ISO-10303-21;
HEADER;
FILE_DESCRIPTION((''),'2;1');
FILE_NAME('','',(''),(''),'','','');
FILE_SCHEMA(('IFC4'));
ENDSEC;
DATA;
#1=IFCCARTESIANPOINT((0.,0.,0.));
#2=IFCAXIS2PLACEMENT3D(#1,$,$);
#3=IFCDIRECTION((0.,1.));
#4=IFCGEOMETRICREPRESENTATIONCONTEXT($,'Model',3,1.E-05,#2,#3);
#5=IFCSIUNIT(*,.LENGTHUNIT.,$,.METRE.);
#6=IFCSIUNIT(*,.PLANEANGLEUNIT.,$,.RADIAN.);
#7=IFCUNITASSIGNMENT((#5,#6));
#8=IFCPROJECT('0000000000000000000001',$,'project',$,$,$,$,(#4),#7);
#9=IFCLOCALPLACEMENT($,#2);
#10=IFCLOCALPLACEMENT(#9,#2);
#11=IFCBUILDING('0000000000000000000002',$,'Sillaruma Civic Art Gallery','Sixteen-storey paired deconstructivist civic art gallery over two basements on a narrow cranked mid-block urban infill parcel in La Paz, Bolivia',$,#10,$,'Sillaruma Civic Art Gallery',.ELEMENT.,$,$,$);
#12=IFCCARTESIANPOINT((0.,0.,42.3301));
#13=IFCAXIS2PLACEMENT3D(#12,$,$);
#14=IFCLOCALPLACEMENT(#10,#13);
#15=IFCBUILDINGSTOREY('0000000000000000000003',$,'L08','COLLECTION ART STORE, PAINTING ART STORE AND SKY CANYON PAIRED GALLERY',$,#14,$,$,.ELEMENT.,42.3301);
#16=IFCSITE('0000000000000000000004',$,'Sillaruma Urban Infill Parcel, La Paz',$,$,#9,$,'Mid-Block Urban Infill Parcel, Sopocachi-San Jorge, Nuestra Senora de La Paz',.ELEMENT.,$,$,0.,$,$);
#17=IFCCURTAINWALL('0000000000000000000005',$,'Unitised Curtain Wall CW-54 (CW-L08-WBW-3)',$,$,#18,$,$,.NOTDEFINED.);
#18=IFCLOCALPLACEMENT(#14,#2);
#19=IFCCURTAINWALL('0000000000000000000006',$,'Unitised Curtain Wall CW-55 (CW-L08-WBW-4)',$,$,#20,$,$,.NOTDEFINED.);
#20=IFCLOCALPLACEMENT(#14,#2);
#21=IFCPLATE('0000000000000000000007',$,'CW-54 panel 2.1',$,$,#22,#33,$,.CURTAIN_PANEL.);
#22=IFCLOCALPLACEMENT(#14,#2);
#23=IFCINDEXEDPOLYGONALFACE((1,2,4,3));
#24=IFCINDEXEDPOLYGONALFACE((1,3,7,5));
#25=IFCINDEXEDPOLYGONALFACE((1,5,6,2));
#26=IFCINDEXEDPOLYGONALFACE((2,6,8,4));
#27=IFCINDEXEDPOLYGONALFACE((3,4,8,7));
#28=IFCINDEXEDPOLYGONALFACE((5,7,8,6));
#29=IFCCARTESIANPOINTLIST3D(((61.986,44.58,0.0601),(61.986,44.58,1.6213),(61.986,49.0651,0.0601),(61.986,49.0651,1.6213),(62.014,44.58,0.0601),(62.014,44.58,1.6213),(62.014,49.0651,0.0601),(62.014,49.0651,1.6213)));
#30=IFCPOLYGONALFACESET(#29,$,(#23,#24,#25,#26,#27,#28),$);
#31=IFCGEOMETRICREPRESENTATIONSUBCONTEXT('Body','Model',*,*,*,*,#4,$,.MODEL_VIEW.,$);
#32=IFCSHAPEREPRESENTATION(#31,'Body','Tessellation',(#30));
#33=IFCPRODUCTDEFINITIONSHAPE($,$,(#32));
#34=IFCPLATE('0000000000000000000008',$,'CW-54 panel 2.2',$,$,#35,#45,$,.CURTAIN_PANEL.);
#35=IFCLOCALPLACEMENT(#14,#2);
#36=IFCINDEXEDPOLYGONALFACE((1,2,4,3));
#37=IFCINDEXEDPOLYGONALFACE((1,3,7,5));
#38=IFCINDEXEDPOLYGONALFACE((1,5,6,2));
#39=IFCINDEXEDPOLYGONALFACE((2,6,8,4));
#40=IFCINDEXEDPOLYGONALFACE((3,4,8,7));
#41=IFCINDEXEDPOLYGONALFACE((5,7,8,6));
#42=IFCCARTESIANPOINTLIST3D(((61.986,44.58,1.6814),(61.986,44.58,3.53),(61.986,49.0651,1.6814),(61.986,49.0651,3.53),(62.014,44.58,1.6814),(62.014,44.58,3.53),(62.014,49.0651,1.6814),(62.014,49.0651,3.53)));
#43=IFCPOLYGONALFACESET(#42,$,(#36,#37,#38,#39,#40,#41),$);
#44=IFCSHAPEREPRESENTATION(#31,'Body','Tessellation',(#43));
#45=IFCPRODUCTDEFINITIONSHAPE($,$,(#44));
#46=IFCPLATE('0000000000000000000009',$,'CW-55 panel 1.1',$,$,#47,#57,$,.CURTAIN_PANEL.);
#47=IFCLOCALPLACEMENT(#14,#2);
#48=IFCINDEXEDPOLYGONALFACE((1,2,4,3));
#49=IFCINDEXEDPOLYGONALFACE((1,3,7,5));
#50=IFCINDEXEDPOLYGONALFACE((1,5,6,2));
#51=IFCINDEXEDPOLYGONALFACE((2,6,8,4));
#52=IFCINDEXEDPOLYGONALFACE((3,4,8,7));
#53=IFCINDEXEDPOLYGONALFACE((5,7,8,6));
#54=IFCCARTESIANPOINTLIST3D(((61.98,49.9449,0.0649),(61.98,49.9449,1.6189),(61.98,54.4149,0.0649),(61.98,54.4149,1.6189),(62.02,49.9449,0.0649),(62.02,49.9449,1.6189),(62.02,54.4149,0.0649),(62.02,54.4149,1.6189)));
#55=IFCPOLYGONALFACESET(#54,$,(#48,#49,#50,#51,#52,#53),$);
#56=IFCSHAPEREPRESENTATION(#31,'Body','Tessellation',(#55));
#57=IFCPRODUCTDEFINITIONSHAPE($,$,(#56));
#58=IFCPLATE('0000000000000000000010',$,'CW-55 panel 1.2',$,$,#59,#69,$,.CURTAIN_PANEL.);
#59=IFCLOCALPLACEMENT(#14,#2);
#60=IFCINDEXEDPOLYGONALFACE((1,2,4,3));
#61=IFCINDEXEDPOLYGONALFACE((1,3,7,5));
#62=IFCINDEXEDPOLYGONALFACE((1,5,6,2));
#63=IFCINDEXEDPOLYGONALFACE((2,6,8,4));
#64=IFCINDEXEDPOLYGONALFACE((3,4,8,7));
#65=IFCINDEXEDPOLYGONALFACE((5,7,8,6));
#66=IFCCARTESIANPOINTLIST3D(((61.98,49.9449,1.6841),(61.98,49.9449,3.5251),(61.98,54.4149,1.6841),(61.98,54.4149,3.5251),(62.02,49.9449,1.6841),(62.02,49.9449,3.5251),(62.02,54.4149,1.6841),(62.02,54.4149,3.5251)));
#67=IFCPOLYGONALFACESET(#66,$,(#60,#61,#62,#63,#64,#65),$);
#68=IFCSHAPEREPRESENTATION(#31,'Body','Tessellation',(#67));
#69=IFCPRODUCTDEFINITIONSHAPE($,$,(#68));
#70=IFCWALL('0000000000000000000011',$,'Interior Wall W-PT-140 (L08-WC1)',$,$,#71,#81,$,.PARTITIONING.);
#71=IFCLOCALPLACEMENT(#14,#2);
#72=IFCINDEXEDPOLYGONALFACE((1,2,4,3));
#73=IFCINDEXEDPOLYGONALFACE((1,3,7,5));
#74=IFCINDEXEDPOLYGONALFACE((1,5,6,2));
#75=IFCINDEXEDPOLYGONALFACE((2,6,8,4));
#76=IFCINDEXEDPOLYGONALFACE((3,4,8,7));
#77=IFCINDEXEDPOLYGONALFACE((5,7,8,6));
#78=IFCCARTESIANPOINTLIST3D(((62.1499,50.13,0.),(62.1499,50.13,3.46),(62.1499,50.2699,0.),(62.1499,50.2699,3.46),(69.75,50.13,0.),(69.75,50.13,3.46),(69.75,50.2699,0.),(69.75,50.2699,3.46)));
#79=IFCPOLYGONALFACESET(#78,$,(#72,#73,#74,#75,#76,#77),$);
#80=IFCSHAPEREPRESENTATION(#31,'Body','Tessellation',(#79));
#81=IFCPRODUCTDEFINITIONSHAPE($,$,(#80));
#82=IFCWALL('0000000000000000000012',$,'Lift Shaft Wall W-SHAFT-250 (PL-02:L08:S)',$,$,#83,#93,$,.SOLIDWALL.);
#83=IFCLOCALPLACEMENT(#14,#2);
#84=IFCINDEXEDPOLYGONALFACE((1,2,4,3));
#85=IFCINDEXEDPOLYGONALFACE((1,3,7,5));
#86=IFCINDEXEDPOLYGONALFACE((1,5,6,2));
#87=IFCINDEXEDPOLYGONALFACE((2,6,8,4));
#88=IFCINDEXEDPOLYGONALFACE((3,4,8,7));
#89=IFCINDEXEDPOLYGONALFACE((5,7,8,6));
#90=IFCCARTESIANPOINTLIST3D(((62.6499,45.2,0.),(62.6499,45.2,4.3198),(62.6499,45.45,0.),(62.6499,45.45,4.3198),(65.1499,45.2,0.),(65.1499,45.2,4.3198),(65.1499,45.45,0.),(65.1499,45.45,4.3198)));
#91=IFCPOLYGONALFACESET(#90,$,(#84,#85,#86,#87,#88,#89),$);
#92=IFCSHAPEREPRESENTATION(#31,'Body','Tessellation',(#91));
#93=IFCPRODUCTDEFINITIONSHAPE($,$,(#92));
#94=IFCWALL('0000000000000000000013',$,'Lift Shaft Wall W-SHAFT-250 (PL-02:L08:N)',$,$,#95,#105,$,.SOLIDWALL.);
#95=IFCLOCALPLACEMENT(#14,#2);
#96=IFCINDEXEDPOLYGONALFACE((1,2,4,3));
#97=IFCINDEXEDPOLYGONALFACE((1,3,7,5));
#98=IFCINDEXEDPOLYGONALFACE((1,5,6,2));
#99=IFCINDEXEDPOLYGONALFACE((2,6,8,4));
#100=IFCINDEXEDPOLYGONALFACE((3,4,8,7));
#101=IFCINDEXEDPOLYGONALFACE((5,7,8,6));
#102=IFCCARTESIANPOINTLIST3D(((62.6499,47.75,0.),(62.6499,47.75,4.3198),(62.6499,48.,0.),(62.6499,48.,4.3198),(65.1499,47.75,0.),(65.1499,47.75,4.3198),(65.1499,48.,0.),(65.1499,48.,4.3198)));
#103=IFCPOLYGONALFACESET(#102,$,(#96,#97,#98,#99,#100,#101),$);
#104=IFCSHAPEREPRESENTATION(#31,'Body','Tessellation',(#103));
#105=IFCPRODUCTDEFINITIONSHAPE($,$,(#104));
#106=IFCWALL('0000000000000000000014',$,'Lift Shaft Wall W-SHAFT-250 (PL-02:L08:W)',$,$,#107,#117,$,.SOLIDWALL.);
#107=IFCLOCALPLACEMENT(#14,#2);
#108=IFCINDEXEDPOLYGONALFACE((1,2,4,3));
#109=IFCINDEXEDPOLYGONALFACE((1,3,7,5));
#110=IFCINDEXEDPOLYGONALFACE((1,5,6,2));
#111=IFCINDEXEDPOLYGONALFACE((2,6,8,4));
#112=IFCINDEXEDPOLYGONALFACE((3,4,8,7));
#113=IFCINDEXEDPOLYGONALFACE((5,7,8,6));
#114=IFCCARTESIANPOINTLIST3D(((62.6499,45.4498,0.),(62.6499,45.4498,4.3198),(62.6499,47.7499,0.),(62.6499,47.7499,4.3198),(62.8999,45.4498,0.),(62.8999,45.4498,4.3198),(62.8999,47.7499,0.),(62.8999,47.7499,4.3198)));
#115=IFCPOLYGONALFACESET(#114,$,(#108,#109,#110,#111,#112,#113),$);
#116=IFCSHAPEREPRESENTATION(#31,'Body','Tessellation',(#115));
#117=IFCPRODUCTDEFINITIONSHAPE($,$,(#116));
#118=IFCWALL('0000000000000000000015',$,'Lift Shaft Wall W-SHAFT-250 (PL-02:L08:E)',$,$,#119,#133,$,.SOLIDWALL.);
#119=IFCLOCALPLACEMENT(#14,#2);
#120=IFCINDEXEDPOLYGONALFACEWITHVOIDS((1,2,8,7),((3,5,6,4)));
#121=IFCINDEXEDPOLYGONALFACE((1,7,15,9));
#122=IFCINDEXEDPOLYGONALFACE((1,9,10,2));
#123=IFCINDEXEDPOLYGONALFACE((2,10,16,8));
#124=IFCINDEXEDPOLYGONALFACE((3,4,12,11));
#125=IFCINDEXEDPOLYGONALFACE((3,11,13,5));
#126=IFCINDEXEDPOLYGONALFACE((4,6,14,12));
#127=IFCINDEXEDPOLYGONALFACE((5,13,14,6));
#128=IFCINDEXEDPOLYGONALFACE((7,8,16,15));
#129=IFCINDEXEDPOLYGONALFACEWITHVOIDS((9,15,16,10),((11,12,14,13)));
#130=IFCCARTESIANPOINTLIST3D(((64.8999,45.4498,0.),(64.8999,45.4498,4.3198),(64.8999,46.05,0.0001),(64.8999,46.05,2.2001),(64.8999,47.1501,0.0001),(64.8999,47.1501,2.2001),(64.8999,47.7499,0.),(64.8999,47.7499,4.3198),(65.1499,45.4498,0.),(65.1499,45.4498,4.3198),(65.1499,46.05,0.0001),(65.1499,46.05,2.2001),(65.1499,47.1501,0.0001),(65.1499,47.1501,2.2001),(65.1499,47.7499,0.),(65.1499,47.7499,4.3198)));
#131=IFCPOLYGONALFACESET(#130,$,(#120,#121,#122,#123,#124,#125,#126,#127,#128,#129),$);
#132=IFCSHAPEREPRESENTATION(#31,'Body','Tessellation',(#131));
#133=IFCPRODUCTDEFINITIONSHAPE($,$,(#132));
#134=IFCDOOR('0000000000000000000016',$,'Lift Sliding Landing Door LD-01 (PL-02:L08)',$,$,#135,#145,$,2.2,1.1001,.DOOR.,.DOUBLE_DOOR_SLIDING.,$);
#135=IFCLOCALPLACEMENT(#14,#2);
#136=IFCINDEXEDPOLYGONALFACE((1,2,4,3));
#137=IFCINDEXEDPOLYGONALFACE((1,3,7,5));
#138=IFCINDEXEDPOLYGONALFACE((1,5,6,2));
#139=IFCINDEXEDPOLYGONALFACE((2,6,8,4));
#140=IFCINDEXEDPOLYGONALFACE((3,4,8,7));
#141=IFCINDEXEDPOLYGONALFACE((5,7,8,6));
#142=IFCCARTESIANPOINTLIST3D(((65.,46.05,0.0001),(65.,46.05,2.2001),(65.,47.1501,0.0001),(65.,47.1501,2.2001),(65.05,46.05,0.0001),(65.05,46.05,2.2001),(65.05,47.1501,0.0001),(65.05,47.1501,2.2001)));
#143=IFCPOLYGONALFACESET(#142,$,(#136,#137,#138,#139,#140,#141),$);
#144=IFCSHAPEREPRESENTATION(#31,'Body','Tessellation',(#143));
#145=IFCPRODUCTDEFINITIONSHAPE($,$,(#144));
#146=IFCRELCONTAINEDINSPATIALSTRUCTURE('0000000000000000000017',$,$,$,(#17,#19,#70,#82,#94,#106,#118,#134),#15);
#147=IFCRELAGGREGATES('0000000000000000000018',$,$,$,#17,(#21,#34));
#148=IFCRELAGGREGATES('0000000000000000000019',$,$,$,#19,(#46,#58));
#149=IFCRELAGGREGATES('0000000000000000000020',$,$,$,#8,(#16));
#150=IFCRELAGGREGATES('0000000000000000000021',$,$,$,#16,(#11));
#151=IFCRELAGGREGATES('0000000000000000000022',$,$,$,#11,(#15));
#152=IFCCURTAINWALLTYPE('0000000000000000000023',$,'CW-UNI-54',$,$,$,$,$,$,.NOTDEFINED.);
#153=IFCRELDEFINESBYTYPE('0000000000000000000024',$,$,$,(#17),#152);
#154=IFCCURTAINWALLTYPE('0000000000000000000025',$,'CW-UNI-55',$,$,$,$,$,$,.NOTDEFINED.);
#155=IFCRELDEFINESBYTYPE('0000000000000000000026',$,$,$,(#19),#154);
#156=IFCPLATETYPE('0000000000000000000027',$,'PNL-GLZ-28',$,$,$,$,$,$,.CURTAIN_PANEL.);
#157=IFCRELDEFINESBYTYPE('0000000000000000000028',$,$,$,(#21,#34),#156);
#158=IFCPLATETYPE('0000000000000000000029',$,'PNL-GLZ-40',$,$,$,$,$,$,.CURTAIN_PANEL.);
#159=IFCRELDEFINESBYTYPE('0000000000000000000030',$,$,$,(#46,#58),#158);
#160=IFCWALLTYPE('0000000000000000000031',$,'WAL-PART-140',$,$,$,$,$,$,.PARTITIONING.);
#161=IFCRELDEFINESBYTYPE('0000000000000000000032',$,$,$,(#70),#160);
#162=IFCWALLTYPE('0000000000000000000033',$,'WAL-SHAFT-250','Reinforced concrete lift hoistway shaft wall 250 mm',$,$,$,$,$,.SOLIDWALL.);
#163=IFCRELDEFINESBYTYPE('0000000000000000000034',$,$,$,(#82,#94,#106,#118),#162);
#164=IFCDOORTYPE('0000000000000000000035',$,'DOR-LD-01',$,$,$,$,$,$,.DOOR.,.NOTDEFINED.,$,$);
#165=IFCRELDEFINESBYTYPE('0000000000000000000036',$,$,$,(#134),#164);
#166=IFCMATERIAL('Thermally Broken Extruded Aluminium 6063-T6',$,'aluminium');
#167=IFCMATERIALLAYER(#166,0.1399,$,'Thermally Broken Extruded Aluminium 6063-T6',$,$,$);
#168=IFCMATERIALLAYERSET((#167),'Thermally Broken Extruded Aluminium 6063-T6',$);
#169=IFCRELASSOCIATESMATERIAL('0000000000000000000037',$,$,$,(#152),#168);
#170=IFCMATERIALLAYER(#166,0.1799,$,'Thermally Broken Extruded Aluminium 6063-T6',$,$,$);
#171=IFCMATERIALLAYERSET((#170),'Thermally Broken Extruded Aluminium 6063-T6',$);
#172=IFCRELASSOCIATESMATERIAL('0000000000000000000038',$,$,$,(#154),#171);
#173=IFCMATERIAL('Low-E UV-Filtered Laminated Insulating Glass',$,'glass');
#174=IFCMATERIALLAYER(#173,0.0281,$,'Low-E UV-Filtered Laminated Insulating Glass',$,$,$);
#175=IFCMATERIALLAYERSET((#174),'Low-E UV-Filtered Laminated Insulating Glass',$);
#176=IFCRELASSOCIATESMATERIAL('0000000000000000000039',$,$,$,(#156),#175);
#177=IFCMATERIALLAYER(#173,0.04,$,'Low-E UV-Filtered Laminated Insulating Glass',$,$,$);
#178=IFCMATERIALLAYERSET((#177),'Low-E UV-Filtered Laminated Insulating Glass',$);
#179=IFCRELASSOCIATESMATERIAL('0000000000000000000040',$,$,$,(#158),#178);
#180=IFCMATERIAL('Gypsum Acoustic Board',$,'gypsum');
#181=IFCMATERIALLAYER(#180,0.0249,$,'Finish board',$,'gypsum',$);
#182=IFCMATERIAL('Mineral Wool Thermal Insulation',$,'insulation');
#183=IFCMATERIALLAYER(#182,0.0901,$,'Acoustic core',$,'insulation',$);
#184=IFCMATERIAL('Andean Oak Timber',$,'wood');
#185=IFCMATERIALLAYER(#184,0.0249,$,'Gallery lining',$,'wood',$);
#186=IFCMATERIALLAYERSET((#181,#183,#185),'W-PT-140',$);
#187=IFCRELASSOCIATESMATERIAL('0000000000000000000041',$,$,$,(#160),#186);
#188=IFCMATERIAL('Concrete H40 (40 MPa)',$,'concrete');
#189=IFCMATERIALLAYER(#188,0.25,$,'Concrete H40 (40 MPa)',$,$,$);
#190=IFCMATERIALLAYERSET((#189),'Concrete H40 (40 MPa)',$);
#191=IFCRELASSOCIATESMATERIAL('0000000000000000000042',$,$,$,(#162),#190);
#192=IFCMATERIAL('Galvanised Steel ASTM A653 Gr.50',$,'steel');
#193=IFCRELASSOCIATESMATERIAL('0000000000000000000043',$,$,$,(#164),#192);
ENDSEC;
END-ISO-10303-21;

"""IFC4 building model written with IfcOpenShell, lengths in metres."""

from ifc_helpers import new_model, si_unit, direction, frame, frame_2d, origin, origin_2d, place, context, subcontext, project, spatial, rectangle, extrude, material, layer, layer_set, type_object, element, fill, aggregate, save


model = new_model("IFC4")

# Units and contexts
model_context = context("Model", 3, precision=1e-05, world=origin(), true_north=direction((0.0, 1.0)))
body_context = subcontext(model_context, "Body", "Model", "MODEL_VIEW")
ifc_project = project(units=[si_unit("LENGTHUNIT", "METRE"), si_unit("PLANEANGLEUNIT", "RADIAN")], contexts=[model_context])

# Site, building, storey
site_placement = place(None, origin())
site = spatial("IfcSite", under=ifc_project, at=site_placement, Name="Sillaruma Urban Infill Parcel, La Paz", LongName="Mid-Block Urban Infill Parcel, Sopocachi-San Jorge, Nuestra Senora de La Paz", CompositionType="ELEMENT", RefElevation=0.0)
building_placement = place(site_placement, origin())
building = spatial("IfcBuilding", under=site, at=building_placement, Name="Sillaruma Civic Art Gallery", Description="Sixteen-storey paired deconstructivist civic art gallery over two basements on a narrow cranked mid-block urban infill parcel in La Paz, Bolivia", LongName="Sillaruma Civic Art Gallery", CompositionType="ELEMENT")
storey_placement = place(building_placement, frame((0.0, 0.0, 42.3301)))
storey = spatial("IfcBuildingStorey", under=building, at=storey_placement, Name="L08", Description="COLLECTION ART STORE, PAINTING ART STORE AND SKY CANYON PAIRED GALLERY", CompositionType="ELEMENT", Elevation=42.3301)

# Shared definitions
ifc_material_1 = material(Name="Concrete H40 (40 MPa)", Category="concrete")

# Curtain wall
ifc_material_2 = material(Name="Thermally Broken Extruded Aluminium 6063-T6", Category="aluminium")
ifc_layer_1 = layer(ifc_material_2, 0.1399, Name="Thermally Broken Extruded Aluminium 6063-T6")
ifc_layer_set_1 = layer_set([ifc_layer_1], Name="Thermally Broken Extruded Aluminium 6063-T6")
curtain_wall_type_1 = type_object("IfcCurtainWallType", Name="CW-UNI-54", PredefinedType="NOTDEFINED", material=ifc_layer_set_1)
curtain_wall_1_placement = place(storey_placement, origin())
curtain_wall_1 = element("IfcCurtainWall", 1, at=curtain_wall_1_placement, inside=storey, type_object=curtain_wall_type_1, Name="Unitised Curtain Wall CW-54 (CW-L08-WBW-3)", PredefinedType="NOTDEFINED")

# Curtain wall
ifc_layer_2 = layer(ifc_material_2, 0.1799, Name="Thermally Broken Extruded Aluminium 6063-T6")
ifc_layer_set_2 = layer_set([ifc_layer_2], Name="Thermally Broken Extruded Aluminium 6063-T6")
curtain_wall_type_2 = type_object("IfcCurtainWallType", Name="CW-UNI-55", PredefinedType="NOTDEFINED", material=ifc_layer_set_2)
curtain_wall_2_placement = place(storey_placement, origin())
curtain_wall_2 = element("IfcCurtainWall", 2, at=curtain_wall_2_placement, inside=storey, type_object=curtain_wall_type_2, Name="Unitised Curtain Wall CW-55 (CW-L08-WBW-4)", PredefinedType="NOTDEFINED")

# Plates
ifc_material_3 = material(Name="Low-E UV-Filtered Laminated Insulating Glass", Category="glass")
ifc_layer_3 = layer(ifc_material_3, 0.0281, Name="Low-E UV-Filtered Laminated Insulating Glass")
ifc_layer_set_3 = layer_set([ifc_layer_3], Name="Low-E UV-Filtered Laminated Insulating Glass")
plate_type_1 = type_object("IfcPlateType", Name="PNL-GLZ-28", PredefinedType="CURTAIN_PANEL", material=ifc_layer_set_3)
plate_1_placement = place(storey_placement, frame((62.0, 46.8225, 0.0601), z_axis=(0.0, 0.0, 1.0), x_axis=(0.0, 1.0, 0.0)))
plate_1 = element("IfcPlate", 3, at=plate_1_placement, type_object=plate_type_1, Name="CW-54 panel 2.1", PredefinedType="CURTAIN_PANEL", context=body_context, shape_type="SweptSolid", body=[
    extrude(rectangle(XDim=4.4851, YDim=0.0281, at=origin_2d()), origin(), (0.0, 0.0, 1.0), 1.5613),
])
plate_2_placement = place(storey_placement, frame((62.0, 46.8225, 1.6814), z_axis=(0.0, 0.0, 1.0), x_axis=(0.0, 1.0, 0.0)))
plate_2 = element("IfcPlate", 4, at=plate_2_placement, type_object=plate_type_1, Name="CW-54 panel 2.2", PredefinedType="CURTAIN_PANEL", context=body_context, shape_type="SweptSolid", body=[
    extrude(rectangle(XDim=4.4851, YDim=0.0281, at=origin_2d()), origin(), (0.0, 0.0, 1.0), 1.8486),
])
aggregate(curtain_wall_1, [plate_1, plate_2])
ifc_layer_4 = layer(ifc_material_3, 0.04, Name="Low-E UV-Filtered Laminated Insulating Glass")
ifc_layer_set_4 = layer_set([ifc_layer_4], Name="Low-E UV-Filtered Laminated Insulating Glass")
plate_type_2 = type_object("IfcPlateType", Name="PNL-GLZ-40", PredefinedType="CURTAIN_PANEL", material=ifc_layer_set_4)
plate_3_placement = place(storey_placement, frame((62.0, 52.1799, 0.0649), z_axis=(0.0, 0.0, 1.0), x_axis=(0.0, 1.0, 0.0)))
plate_3 = element("IfcPlate", 5, at=plate_3_placement, type_object=plate_type_2, Name="CW-55 panel 1.1", PredefinedType="CURTAIN_PANEL", context=body_context, shape_type="SweptSolid", body=[
    extrude(rectangle(XDim=4.47, YDim=0.04, at=origin_2d()), origin(), (0.0, 0.0, 1.0), 1.554),
])
plate_4_placement = place(storey_placement, frame((62.0, 52.1799, 1.6841), z_axis=(0.0, 0.0, 1.0), x_axis=(0.0, 1.0, 0.0)))
plate_4 = element("IfcPlate", 6, at=plate_4_placement, type_object=plate_type_2, Name="CW-55 panel 1.2", PredefinedType="CURTAIN_PANEL", context=body_context, shape_type="SweptSolid", body=[
    extrude(rectangle(XDim=4.47, YDim=0.04, at=origin_2d()), origin(), (0.0, 0.0, 1.0), 1.8411),
])
aggregate(curtain_wall_2, [plate_3, plate_4])

# Walls
ifc_material_4 = material(Name="Gypsum Acoustic Board", Category="gypsum")
ifc_layer_5 = layer(ifc_material_4, 0.0249, Name="Finish board", Category="gypsum")
ifc_material_5 = material(Name="Mineral Wool Thermal Insulation", Category="insulation")
ifc_layer_6 = layer(ifc_material_5, 0.0901, Name="Acoustic core", Category="insulation")
ifc_material_6 = material(Name="Andean Oak Timber", Category="wood")
ifc_layer_7 = layer(ifc_material_6, 0.0249, Name="Gallery lining", Category="wood")
ifc_layer_set_5 = layer_set([ifc_layer_5, ifc_layer_6, ifc_layer_7], Name="W-PT-140")
wall_type_1 = type_object("IfcWallType", Name="WAL-PART-140", PredefinedType="PARTITIONING", material=ifc_layer_set_5)
wall_1_placement = place(storey_placement, frame((62.1499, 50.2, 0.0), z_axis=(0.0, 0.0, 1.0), x_axis=(1.0, 0.0, 0.0)))
element("IfcWall", 7, at=wall_1_placement, inside=storey, type_object=wall_type_1, Name="Interior Wall W-PT-140 (L08-WC1)", PredefinedType="PARTITIONING", context=body_context, shape_type="SweptSolid", body=[
    extrude(rectangle(XDim=7.6001, YDim=0.1399, at=frame_2d((3.8, 0.0))), origin(), (0.0, 0.0, 1.0), 3.46),
])
ifc_layer_8 = layer(ifc_material_1, 0.25, Name="Concrete H40 (40 MPa)")
ifc_layer_set_6 = layer_set([ifc_layer_8], Name="Concrete H40 (40 MPa)")
wall_type_2 = type_object("IfcWallType", Name="WAL-SHAFT-250", Description="Reinforced concrete lift hoistway shaft wall 250 mm", PredefinedType="SOLIDWALL", material=ifc_layer_set_6)
for number, where, z_axis, x_axis, name in (
    (8, (62.6499, 45.325, 0.0), (0.0, 0.0, 1.0), (1.0, 0.0, 0.0), "Lift Shaft Wall W-SHAFT-250 (PL-02:L08:S)"),
    (9, (62.6499, 47.875, 0.0), (0.0, 0.0, 1.0), (1.0, 0.0, 0.0), "Lift Shaft Wall W-SHAFT-250 (PL-02:L08:N)"),
):
    element("IfcWall", number, at=place(storey_placement, frame(where, z_axis=z_axis, x_axis=x_axis)), inside=storey, type_object=wall_type_2, Name=name, PredefinedType="SOLIDWALL", context=body_context, shape_type="SweptSolid", body=[
        extrude(rectangle(XDim=2.5, YDim=0.25, at=frame_2d((1.25, 0.0))), origin(), (0.0, 0.0, 1.0), 4.3198),
    ])
wall_2_placement = place(storey_placement, frame((62.7749, 45.45, 0.0), z_axis=(0.0, 0.0, 1.0), x_axis=(0.0, 1.0, 0.0)))
element("IfcWall", 10, at=wall_2_placement, inside=storey, type_object=wall_type_2, Name="Lift Shaft Wall W-SHAFT-250 (PL-02:L08:W)", PredefinedType="SOLIDWALL", context=body_context, shape_type="SweptSolid", body=[
    extrude(rectangle(XDim=2.3, YDim=0.25, at=frame_2d((1.1499, 0.0))), origin(), (0.0, 0.0, 1.0), 4.3198),
])

# Wall, opening, door
wall_3_placement = place(storey_placement, frame((65.0249, 45.45, 0.0), z_axis=(0.0, 0.0, 1.0), x_axis=(0.0, 1.0, 0.0)))
wall_3 = element("IfcWall", 11, at=wall_3_placement, inside=storey, type_object=wall_type_2, Name="Lift Shaft Wall W-SHAFT-250 (PL-02:L08:E)", PredefinedType="SOLIDWALL", context=body_context, shape_type="SweptSolid", body=[
    extrude(rectangle(XDim=2.3, YDim=0.25, at=frame_2d((1.1499, 0.0))), origin(), (0.0, 0.0, 1.0), 4.3198),
])
opening_placement = place(wall_3_placement, frame((0.6001, 0.0, 0.0)))
opening = element("IfcOpeningElement", 12, at=opening_placement, cuts=wall_3, PredefinedType="OPENING", context=body_context, shape_type="SweptSolid", body=[
    extrude(rectangle(XDim=1.1001, YDim=2.2, at=frame_2d((0.55, 1.1001))), frame((0.0, 0.135, 0.0), z_axis=(0.0, -1.0, 0.0), x_axis=(1.0, 0.0, 0.0)), (0.0, 0.0, 1.0), 0.27),
])
ifc_material_7 = material(Name="Galvanised Steel ASTM A653 Gr.50", Category="steel")
door_type = type_object("IfcDoorType", Name="DOR-LD-01", OperationType="NOTDEFINED", PredefinedType="DOOR", material=ifc_material_7)
door_placement = place(opening_placement, origin())
door = element("IfcDoor", 13, at=door_placement, inside=storey, type_object=door_type, Name="Lift Sliding Landing Door LD-01 (PL-02:L08)", OperationType="DOUBLE_DOOR_SLIDING", OverallHeight=2.2, OverallWidth=1.1001, PredefinedType="DOOR", context=body_context, shape_type="SweptSolid", body=[
    extrude(rectangle(XDim=1.1001, YDim=2.2, at=frame_2d((0.55, 1.1001))), frame((0.0, 0.0249, 0.0), z_axis=(0.0, -1.0, 0.0), x_axis=(1.0, 0.0, 0.0)), (0.0, 0.0, 1.0), 0.05),
])
fill(opening, door)

save(model, "model.ifc")
